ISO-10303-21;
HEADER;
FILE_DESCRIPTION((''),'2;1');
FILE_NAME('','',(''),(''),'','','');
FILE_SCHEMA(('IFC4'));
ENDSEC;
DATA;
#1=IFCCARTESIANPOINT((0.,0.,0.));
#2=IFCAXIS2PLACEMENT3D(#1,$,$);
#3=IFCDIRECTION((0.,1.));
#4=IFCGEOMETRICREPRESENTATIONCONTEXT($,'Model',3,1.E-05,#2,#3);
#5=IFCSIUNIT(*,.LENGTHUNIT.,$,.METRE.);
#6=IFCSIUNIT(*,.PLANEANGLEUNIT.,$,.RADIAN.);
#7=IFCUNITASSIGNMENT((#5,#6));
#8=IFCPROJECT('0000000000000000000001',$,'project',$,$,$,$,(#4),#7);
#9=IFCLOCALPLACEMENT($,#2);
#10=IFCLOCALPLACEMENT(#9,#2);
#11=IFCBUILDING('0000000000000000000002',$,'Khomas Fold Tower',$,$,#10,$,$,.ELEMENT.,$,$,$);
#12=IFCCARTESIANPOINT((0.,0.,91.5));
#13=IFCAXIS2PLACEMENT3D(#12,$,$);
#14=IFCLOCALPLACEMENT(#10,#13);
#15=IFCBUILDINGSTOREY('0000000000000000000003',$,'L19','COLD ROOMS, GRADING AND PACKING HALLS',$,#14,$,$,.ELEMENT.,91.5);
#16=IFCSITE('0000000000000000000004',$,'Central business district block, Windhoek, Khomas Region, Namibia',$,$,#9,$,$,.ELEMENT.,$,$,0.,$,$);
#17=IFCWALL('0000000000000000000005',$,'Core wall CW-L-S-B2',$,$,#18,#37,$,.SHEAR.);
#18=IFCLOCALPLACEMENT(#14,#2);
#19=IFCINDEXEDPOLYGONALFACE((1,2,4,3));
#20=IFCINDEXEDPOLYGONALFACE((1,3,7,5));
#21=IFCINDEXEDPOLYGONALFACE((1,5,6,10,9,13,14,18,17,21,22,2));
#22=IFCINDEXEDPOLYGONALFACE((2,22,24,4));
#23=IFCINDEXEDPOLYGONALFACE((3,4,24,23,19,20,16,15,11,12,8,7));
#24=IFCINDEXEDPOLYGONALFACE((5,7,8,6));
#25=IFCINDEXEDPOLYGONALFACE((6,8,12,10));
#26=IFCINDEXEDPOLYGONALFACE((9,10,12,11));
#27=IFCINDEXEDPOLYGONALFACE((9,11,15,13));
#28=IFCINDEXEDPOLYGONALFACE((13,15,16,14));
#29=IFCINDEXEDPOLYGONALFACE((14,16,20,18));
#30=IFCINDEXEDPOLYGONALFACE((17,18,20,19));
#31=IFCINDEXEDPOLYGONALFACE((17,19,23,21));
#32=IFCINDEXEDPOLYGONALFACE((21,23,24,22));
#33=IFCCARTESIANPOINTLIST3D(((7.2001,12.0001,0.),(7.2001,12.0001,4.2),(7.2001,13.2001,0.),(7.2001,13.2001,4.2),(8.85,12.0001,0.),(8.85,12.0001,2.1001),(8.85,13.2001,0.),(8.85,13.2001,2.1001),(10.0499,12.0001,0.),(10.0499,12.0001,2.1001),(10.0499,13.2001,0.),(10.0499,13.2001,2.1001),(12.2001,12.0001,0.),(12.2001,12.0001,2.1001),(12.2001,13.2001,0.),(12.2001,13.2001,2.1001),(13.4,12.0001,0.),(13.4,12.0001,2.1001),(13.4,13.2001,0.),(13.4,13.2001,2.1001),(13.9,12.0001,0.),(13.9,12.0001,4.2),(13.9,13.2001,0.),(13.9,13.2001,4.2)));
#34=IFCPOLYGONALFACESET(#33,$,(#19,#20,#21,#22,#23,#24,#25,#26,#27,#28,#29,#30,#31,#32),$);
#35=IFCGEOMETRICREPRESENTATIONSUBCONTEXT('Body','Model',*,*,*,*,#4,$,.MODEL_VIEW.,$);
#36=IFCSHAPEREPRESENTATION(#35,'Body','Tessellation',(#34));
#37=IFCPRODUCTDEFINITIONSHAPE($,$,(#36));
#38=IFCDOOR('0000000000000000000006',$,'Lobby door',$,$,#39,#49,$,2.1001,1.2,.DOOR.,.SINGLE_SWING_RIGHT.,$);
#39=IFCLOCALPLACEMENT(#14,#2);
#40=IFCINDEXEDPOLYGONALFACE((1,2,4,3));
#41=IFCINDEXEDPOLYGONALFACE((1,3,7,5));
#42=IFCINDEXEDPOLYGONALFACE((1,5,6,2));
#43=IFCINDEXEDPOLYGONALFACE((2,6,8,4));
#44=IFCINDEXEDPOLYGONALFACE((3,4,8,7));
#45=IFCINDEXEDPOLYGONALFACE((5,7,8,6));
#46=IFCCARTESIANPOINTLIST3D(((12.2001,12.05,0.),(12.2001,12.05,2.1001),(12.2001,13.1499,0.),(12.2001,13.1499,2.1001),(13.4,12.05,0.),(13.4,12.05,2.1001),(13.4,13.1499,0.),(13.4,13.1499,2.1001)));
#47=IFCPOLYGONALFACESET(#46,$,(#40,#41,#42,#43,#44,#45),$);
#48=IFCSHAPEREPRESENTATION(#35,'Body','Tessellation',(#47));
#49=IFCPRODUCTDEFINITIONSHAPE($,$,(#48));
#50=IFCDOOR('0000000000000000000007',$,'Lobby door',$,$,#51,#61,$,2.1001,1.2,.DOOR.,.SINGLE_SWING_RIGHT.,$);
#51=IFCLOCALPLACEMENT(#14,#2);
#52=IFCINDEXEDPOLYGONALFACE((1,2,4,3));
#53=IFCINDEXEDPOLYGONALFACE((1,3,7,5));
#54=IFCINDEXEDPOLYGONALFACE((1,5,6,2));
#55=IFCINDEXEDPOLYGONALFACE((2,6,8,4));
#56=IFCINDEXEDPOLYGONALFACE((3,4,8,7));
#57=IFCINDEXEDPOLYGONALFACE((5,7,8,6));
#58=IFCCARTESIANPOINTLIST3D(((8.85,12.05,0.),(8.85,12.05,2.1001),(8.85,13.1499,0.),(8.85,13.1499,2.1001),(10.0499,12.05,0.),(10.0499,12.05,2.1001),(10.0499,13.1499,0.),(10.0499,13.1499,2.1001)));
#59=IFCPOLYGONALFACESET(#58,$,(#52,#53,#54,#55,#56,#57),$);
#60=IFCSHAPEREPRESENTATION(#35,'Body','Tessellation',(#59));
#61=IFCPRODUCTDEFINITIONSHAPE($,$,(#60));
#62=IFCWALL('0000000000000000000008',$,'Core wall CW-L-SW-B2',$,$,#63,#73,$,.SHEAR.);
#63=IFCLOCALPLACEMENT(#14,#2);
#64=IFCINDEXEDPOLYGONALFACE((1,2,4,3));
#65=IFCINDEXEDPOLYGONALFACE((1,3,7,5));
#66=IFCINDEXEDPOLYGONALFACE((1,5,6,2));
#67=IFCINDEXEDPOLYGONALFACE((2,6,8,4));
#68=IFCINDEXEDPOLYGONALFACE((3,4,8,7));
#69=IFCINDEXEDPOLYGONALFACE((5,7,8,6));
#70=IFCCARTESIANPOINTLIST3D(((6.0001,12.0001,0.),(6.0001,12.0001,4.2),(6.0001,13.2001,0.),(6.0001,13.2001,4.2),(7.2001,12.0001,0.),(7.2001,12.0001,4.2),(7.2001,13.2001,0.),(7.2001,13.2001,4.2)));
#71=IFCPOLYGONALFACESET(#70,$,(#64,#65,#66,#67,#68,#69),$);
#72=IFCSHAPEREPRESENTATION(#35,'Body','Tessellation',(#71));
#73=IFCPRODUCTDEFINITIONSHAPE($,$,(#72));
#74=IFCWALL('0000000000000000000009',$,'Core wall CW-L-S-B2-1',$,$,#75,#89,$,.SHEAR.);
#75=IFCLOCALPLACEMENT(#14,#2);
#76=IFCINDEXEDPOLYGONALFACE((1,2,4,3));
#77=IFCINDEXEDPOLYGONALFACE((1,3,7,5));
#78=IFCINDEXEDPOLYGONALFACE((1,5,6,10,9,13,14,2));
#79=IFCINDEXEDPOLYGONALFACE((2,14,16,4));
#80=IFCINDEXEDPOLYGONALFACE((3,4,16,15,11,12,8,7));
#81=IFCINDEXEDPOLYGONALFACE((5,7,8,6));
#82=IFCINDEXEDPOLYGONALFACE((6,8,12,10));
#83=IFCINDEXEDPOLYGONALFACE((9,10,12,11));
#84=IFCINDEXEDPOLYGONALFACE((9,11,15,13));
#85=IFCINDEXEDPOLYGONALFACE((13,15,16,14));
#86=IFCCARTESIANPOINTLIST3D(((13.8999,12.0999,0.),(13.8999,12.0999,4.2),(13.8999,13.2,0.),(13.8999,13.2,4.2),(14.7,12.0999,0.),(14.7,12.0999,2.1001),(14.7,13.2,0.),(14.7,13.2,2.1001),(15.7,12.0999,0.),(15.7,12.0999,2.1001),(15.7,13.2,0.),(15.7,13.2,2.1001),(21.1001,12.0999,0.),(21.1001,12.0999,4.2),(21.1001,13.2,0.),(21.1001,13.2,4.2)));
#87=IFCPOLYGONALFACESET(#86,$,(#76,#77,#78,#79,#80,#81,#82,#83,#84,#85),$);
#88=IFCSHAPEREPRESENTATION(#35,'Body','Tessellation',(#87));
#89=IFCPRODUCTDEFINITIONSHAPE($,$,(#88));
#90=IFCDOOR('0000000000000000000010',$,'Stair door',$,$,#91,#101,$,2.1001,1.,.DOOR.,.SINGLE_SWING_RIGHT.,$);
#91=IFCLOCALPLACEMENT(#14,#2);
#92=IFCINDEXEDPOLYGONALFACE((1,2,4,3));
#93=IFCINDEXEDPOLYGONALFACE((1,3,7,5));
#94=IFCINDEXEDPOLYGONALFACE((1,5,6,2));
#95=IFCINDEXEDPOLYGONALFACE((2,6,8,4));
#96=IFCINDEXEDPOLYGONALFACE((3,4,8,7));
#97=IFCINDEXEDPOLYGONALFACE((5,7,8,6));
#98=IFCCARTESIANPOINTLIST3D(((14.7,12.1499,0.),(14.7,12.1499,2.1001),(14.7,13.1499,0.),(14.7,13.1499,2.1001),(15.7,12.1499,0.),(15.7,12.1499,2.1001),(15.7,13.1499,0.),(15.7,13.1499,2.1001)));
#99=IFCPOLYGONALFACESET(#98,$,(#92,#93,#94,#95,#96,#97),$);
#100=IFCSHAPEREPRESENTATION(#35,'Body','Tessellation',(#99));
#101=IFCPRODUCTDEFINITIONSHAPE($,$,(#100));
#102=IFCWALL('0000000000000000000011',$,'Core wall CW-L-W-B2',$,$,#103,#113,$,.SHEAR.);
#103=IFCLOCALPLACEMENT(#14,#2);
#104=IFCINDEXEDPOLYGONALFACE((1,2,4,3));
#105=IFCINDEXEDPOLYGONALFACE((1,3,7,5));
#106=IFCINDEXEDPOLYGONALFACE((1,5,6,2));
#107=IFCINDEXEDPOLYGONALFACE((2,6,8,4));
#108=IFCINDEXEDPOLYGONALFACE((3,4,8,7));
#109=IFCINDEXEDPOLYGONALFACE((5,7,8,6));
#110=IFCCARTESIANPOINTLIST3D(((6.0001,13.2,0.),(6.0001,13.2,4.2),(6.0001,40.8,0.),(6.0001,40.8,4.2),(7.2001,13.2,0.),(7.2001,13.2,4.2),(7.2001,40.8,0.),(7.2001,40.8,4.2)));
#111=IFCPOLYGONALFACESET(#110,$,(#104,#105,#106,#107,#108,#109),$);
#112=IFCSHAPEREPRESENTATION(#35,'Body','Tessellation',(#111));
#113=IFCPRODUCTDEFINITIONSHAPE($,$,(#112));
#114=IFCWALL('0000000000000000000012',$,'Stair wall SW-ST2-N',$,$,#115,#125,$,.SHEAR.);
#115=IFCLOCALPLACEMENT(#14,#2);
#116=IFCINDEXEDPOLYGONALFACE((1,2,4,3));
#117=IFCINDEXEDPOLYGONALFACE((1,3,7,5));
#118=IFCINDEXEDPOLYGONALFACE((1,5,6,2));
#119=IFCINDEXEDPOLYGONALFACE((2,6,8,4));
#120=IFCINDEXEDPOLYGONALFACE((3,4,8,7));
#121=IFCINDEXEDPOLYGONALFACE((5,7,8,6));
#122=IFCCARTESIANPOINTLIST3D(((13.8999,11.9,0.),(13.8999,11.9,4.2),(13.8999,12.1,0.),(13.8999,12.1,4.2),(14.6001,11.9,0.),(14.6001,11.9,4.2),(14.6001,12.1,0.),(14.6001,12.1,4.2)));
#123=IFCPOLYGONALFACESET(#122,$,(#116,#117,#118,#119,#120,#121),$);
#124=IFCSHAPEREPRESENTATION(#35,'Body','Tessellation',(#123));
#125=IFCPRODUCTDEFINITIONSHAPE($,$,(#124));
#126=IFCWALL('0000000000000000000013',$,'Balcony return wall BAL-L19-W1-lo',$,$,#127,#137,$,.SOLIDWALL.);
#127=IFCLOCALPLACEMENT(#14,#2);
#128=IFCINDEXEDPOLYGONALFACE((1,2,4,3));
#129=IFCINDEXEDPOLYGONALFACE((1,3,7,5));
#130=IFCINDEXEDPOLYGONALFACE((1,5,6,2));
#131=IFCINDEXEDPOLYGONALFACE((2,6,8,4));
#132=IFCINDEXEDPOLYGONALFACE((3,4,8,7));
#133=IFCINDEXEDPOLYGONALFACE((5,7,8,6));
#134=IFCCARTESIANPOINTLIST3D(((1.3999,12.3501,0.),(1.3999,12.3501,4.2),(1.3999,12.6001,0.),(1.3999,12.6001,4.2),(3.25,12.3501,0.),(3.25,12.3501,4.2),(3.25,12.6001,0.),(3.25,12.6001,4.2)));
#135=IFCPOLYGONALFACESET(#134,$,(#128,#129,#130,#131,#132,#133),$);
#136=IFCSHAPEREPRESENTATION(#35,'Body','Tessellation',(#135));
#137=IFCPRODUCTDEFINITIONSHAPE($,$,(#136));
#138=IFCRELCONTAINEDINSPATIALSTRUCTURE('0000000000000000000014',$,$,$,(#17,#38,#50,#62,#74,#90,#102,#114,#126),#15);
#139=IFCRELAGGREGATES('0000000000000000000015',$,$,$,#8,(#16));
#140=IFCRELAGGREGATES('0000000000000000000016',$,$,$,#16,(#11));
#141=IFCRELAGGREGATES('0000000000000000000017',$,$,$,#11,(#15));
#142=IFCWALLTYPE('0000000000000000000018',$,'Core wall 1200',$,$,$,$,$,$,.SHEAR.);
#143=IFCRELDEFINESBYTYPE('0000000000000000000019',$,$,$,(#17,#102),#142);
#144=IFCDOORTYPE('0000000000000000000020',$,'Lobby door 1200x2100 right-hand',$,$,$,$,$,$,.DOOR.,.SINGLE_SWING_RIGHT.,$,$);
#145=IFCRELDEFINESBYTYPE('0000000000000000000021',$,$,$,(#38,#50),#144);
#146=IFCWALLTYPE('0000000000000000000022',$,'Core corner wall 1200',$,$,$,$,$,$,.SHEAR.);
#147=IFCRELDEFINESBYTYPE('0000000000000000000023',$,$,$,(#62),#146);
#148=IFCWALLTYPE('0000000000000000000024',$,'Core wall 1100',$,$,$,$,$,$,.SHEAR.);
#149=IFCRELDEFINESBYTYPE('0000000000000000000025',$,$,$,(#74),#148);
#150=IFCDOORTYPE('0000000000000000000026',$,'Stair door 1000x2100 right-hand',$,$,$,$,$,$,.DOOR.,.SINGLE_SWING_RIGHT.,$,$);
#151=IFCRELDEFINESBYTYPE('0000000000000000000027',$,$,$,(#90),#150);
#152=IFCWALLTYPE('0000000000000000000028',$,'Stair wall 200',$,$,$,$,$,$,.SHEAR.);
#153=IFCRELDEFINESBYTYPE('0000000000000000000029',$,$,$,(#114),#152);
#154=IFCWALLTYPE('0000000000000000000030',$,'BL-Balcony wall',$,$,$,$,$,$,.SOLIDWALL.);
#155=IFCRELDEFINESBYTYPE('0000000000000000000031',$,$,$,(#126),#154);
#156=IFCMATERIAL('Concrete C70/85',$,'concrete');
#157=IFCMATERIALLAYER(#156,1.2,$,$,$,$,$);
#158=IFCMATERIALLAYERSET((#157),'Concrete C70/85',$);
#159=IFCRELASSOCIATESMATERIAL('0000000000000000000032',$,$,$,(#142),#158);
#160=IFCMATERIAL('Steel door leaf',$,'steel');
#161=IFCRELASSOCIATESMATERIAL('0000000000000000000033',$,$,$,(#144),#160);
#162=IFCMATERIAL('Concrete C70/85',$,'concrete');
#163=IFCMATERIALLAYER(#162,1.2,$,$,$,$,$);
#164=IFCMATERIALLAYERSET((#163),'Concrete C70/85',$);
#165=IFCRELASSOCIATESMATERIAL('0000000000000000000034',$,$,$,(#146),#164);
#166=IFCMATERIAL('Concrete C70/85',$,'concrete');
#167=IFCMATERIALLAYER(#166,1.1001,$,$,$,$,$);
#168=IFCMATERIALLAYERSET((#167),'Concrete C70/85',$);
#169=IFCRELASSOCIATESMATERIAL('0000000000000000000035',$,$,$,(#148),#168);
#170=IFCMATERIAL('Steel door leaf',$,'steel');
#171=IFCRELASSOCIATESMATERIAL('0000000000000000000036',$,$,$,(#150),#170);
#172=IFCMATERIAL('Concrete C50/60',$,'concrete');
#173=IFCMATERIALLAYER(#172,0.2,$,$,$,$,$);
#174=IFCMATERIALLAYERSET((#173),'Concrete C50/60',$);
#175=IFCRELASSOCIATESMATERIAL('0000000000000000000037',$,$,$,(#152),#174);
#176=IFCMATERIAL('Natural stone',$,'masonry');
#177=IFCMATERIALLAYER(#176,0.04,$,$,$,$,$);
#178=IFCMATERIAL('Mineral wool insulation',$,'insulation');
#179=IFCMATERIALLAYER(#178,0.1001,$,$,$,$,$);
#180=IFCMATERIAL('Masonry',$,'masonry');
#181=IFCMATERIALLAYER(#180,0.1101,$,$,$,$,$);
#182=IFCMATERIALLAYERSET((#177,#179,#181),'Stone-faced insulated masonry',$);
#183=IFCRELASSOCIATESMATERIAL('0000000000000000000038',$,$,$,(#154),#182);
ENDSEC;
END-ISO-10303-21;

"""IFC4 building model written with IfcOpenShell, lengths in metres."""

from ifc_helpers import new_model, si_unit, direction, frame, frame_2d, origin, place, context, subcontext, project, spatial, rectangle, extrude, source, transform, mapped, material, layer, layer_set, type_object, element, fill, save


model = new_model("IFC4")

# Units and contexts
model_context = context("Model", 3, precision=1e-05, world=origin(), true_north=direction((0.0, 1.0)))
body_context = subcontext(model_context, "Body", "Model", "MODEL_VIEW")
ifc_project = project(units=[si_unit("LENGTHUNIT", "METRE"), si_unit("PLANEANGLEUNIT", "RADIAN")], contexts=[model_context])

# Site, building, storey
site_placement = place(None, origin())
site = spatial("IfcSite", under=ifc_project, at=site_placement, Name="Central business district block, Windhoek, Khomas Region, Namibia", CompositionType="ELEMENT", RefElevation=0.0)
building_placement = place(site_placement, origin())
building = spatial("IfcBuilding", under=site, at=building_placement, Name="Khomas Fold Tower", CompositionType="ELEMENT")
storey_placement = place(building_placement, frame((0.0, 0.0, 91.5)))
storey = spatial("IfcBuildingStorey", under=building, at=storey_placement, Name="L19", Description="COLD ROOMS, GRADING AND PACKING HALLS", CompositionType="ELEMENT", Elevation=91.5)

# Wall, openings, doors
ifc_material_1 = material(Name="Concrete C70/85", Category="concrete")
ifc_layer_1 = layer(ifc_material_1, 1.2)
ifc_layer_set_1 = layer_set([ifc_layer_1], Name="Concrete C70/85")
wall_type_1 = type_object("IfcWallType", Name="Core wall 1200", PredefinedType="SHEAR", material=ifc_layer_set_1)
shared_shape_1 = source(origin(), body_context, "Body", "SweptSolid", [
    extrude(rectangle(XDim=6.7, YDim=1.2, at=frame_2d((3.3501, 0.0))), origin(), (0.0, 0.0, 1.0), 4.2),
])
wall_1_placement = place(storey_placement, frame((7.2, 12.6001, 0.0), z_axis=(0.0, 0.0, 1.0), x_axis=(1.0, 0.0, 0.0)))
wall_1 = element("IfcWall", 1, at=wall_1_placement, inside=storey, type_object=wall_type_1, Name="Core wall CW-L-S-B2", PredefinedType="SHEAR", context=body_context, shape_type="MappedRepresentation", body=[
    mapped(shared_shape_1, transform((0.0, 0.0, 0.0))),
])
shared_shape_2 = source(origin(), body_context, "Body", "SweptSolid", [
    extrude(rectangle(XDim=1.2, YDim=2.1001, at=frame_2d((0.6001, 1.05))), frame((0.0, 0.6099, 0.0), z_axis=(0.0, -1.0, 0.0), x_axis=(1.0, 0.0, 0.0)), (0.0, 0.0, 1.0), 1.22),
])
opening_1_placement = place(wall_1_placement, frame((5.0, 0.0, 0.0)))
opening_1 = element("IfcOpeningElement", 2, at=opening_1_placement, cuts=wall_1, PredefinedType="OPENING", context=body_context, shape_type="MappedRepresentation", body=[
    mapped(shared_shape_2, transform((0.0, 0.0, 0.0))),
])
opening_2_placement = place(wall_1_placement, frame((1.6499, 0.0, 0.0)))
opening_2 = element("IfcOpeningElement", 3, at=opening_2_placement, cuts=wall_1, PredefinedType="OPENING", context=body_context, shape_type="MappedRepresentation", body=[
    mapped(shared_shape_2, transform((0.0, 0.0, 0.0))),
])
ifc_material_2 = material(Name="Steel door leaf", Category="steel")
door_type_1 = type_object("IfcDoorType", Name="Lobby door 1200x2100 right-hand", OperationType="SINGLE_SWING_RIGHT", PredefinedType="DOOR", material=ifc_material_2)
shared_shape_3 = source(origin(), body_context, "Body", "SweptSolid", [
    extrude(rectangle(XDim=1.2, YDim=2.1001, at=frame_2d((0.6001, 1.05))), frame((0.0, 0.5498, 0.0), z_axis=(0.0, -1.0, 0.0), x_axis=(1.0, 0.0, 0.0)), (0.0, 0.0, 1.0), 1.0999),
])
door_1_placement = place(opening_1_placement, origin())
door_1 = element("IfcDoor", 4, at=door_1_placement, inside=storey, type_object=door_type_1, Name="Lobby door", OperationType="SINGLE_SWING_RIGHT", OverallHeight=2.1001, OverallWidth=1.2, PredefinedType="DOOR", context=body_context, shape_type="MappedRepresentation", body=[
    mapped(shared_shape_3, transform((0.0, 0.0, 0.0))),
])
fill(opening_1, door_1)
door_2_placement = place(opening_2_placement, origin())
door_2 = element("IfcDoor", 5, at=door_2_placement, inside=storey, type_object=door_type_1, Name="Lobby door", OperationType="SINGLE_SWING_RIGHT", OverallHeight=2.1001, OverallWidth=1.2, PredefinedType="DOOR", context=body_context, shape_type="MappedRepresentation", body=[
    mapped(shared_shape_3, transform((0.0, 0.0, 0.0))),
])
fill(opening_2, door_2)

# Wall
ifc_material_3 = material(Name="Concrete C70/85", Category="concrete")
ifc_layer_2 = layer(ifc_material_3, 1.2)
ifc_layer_set_2 = layer_set([ifc_layer_2], Name="Concrete C70/85")
wall_type_2 = type_object("IfcWallType", Name="Core corner wall 1200", PredefinedType="SHEAR", material=ifc_layer_set_2)
shared_shape_4 = source(origin(), body_context, "Body", "SweptSolid", [
    extrude(rectangle(XDim=1.2, YDim=1.2, at=frame_2d((0.6001, 0.0))), origin(), (0.0, 0.0, 1.0), 4.2),
])
wall_2_placement = place(storey_placement, frame((6.0, 12.6001, 0.0), z_axis=(0.0, 0.0, 1.0), x_axis=(1.0, 0.0, 0.0)))
element("IfcWall", 6, at=wall_2_placement, inside=storey, type_object=wall_type_2, Name="Core wall CW-L-SW-B2", PredefinedType="SHEAR", context=body_context, shape_type="MappedRepresentation", body=[
    mapped(shared_shape_4, transform((0.0, 0.0, 0.0))),
])

# Wall, opening, door
ifc_material_4 = material(Name="Concrete C70/85", Category="concrete")
ifc_layer_3 = layer(ifc_material_4, 1.1001)
ifc_layer_set_3 = layer_set([ifc_layer_3], Name="Concrete C70/85")
wall_type_3 = type_object("IfcWallType", Name="Core wall 1100", PredefinedType="SHEAR", material=ifc_layer_set_3)
shared_shape_5 = source(origin(), body_context, "Body", "SweptSolid", [
    extrude(rectangle(XDim=7.2002, YDim=1.1001, at=frame_2d((3.6001, 0.0))), origin(), (0.0, 0.0, 1.0), 4.2),
])
wall_3_placement = place(storey_placement, frame((13.8999, 12.6499, 0.0), z_axis=(0.0, 0.0, 1.0), x_axis=(1.0, 0.0, 0.0)))
wall_3 = element("IfcWall", 7, at=wall_3_placement, inside=storey, type_object=wall_type_3, Name="Core wall CW-L-S-B2-1", PredefinedType="SHEAR", context=body_context, shape_type="MappedRepresentation", body=[
    mapped(shared_shape_5, transform((0.0, 0.0, 0.0))),
])
shared_shape_6 = source(origin(), body_context, "Body", "SweptSolid", [
    extrude(rectangle(XDim=1.0, YDim=2.1001, at=frame_2d((0.5, 1.05))), frame((0.0, 0.5601, 0.0), z_axis=(0.0, -1.0, 0.0), x_axis=(1.0, 0.0, 0.0)), (0.0, 0.0, 1.0), 1.1201),
])
opening_3_placement = place(wall_3_placement, frame((0.8, 0.0, 0.0)))
opening_3 = element("IfcOpeningElement", 8, at=opening_3_placement, cuts=wall_3, PredefinedType="OPENING", context=body_context, shape_type="MappedRepresentation", body=[
    mapped(shared_shape_6, transform((0.0, 0.0, 0.0))),
])
ifc_material_5 = material(Name="Steel door leaf", Category="steel")
door_type_2 = type_object("IfcDoorType", Name="Stair door 1000x2100 right-hand", OperationType="SINGLE_SWING_RIGHT", PredefinedType="DOOR", material=ifc_material_5)
shared_shape_7 = source(origin(), body_context, "Body", "SweptSolid", [
    extrude(rectangle(XDim=1.0, YDim=2.1001, at=frame_2d((0.5, 1.05))), frame((0.0, 0.5, 0.0), z_axis=(0.0, -1.0, 0.0), x_axis=(1.0, 0.0, 0.0)), (0.0, 0.0, 1.0), 1.0),
])
door_3_placement = place(opening_3_placement, origin())
door_3 = element("IfcDoor", 9, at=door_3_placement, inside=storey, type_object=door_type_2, Name="Stair door", OperationType="SINGLE_SWING_RIGHT", OverallHeight=2.1001, OverallWidth=1.0, PredefinedType="DOOR", context=body_context, shape_type="MappedRepresentation", body=[
    mapped(shared_shape_7, transform((0.0, 0.0, 0.0))),
])
fill(opening_3, door_3)

# Walls
shared_shape_8 = source(origin(), body_context, "Body", "SweptSolid", [
    extrude(rectangle(XDim=27.6001, YDim=1.2, at=frame_2d((13.8, 0.0))), origin(), (0.0, 0.0, 1.0), 4.2),
])
wall_4_placement = place(storey_placement, frame((6.6001, 13.2, 0.0), z_axis=(0.0, 0.0, 1.0), x_axis=(0.0, 1.0, 0.0)))
element("IfcWall", 10, at=wall_4_placement, inside=storey, type_object=wall_type_1, Name="Core wall CW-L-W-B2", PredefinedType="SHEAR", context=body_context, shape_type="MappedRepresentation", body=[
    mapped(shared_shape_8, transform((0.0, 0.0, 0.0))),
])
ifc_material_6 = material(Name="Concrete C50/60", Category="concrete")
ifc_layer_4 = layer(ifc_material_6, 0.2)
ifc_layer_set_4 = layer_set([ifc_layer_4], Name="Concrete C50/60")
wall_type_4 = type_object("IfcWallType", Name="Stair wall 200", PredefinedType="SHEAR", material=ifc_layer_set_4)
shared_shape_9 = source(origin(), body_context, "Body", "SweptSolid", [
    extrude(rectangle(XDim=0.7002, YDim=0.2, at=frame_2d((0.3501, 0.0))), origin(), (0.0, 0.0, 1.0), 4.2),
])
wall_5_placement = place(storey_placement, frame((13.8999, 12.0, 0.0), z_axis=(0.0, 0.0, 1.0), x_axis=(1.0, 0.0, 0.0)))
element("IfcWall", 11, at=wall_5_placement, inside=storey, type_object=wall_type_4, Name="Stair wall SW-ST2-N", PredefinedType="SHEAR", context=body_context, shape_type="MappedRepresentation", body=[
    mapped(shared_shape_9, transform((0.0, 0.0, 0.0))),
])

# Shared definitions
ifc_material_7 = material(Name="Natural stone", Category="masonry")
ifc_layer_5 = layer(ifc_material_7, 0.04)
ifc_material_8 = material(Name="Mineral wool insulation", Category="insulation")
ifc_layer_6 = layer(ifc_material_8, 0.1001)
ifc_material_9 = material(Name="Masonry", Category="masonry")
ifc_layer_7 = layer(ifc_material_9, 0.1101)
ifc_layer_set_5 = layer_set([ifc_layer_5, ifc_layer_6, ifc_layer_7], Name="Stone-faced insulated masonry")
wall_type_5 = type_object("IfcWallType", Name="BL-Balcony wall", PredefinedType="SOLIDWALL", material=ifc_layer_set_5)

# Wall
shared_shape_10 = source(origin(), body_context, "Body", "SweptSolid", [
    extrude(rectangle(XDim=1.8501, YDim=0.25, at=frame_2d((0.925, 0.0))), origin(), (0.0, 0.0, 1.0), 4.2),
])
wall_6_placement = place(storey_placement, frame((1.3999, 12.4751, 0.0), z_axis=(0.0, 0.0, 1.0), x_axis=(1.0, 0.0, 0.0)))
element("IfcWall", 12, at=wall_6_placement, inside=storey, type_object=wall_type_5, Name="Balcony return wall BAL-L19-W1-lo", PredefinedType="SOLIDWALL", context=body_context, shape_type="MappedRepresentation", body=[
    mapped(shared_shape_10, transform((0.0, 0.0, 0.0))),
])

save(model, "model.ifc")
